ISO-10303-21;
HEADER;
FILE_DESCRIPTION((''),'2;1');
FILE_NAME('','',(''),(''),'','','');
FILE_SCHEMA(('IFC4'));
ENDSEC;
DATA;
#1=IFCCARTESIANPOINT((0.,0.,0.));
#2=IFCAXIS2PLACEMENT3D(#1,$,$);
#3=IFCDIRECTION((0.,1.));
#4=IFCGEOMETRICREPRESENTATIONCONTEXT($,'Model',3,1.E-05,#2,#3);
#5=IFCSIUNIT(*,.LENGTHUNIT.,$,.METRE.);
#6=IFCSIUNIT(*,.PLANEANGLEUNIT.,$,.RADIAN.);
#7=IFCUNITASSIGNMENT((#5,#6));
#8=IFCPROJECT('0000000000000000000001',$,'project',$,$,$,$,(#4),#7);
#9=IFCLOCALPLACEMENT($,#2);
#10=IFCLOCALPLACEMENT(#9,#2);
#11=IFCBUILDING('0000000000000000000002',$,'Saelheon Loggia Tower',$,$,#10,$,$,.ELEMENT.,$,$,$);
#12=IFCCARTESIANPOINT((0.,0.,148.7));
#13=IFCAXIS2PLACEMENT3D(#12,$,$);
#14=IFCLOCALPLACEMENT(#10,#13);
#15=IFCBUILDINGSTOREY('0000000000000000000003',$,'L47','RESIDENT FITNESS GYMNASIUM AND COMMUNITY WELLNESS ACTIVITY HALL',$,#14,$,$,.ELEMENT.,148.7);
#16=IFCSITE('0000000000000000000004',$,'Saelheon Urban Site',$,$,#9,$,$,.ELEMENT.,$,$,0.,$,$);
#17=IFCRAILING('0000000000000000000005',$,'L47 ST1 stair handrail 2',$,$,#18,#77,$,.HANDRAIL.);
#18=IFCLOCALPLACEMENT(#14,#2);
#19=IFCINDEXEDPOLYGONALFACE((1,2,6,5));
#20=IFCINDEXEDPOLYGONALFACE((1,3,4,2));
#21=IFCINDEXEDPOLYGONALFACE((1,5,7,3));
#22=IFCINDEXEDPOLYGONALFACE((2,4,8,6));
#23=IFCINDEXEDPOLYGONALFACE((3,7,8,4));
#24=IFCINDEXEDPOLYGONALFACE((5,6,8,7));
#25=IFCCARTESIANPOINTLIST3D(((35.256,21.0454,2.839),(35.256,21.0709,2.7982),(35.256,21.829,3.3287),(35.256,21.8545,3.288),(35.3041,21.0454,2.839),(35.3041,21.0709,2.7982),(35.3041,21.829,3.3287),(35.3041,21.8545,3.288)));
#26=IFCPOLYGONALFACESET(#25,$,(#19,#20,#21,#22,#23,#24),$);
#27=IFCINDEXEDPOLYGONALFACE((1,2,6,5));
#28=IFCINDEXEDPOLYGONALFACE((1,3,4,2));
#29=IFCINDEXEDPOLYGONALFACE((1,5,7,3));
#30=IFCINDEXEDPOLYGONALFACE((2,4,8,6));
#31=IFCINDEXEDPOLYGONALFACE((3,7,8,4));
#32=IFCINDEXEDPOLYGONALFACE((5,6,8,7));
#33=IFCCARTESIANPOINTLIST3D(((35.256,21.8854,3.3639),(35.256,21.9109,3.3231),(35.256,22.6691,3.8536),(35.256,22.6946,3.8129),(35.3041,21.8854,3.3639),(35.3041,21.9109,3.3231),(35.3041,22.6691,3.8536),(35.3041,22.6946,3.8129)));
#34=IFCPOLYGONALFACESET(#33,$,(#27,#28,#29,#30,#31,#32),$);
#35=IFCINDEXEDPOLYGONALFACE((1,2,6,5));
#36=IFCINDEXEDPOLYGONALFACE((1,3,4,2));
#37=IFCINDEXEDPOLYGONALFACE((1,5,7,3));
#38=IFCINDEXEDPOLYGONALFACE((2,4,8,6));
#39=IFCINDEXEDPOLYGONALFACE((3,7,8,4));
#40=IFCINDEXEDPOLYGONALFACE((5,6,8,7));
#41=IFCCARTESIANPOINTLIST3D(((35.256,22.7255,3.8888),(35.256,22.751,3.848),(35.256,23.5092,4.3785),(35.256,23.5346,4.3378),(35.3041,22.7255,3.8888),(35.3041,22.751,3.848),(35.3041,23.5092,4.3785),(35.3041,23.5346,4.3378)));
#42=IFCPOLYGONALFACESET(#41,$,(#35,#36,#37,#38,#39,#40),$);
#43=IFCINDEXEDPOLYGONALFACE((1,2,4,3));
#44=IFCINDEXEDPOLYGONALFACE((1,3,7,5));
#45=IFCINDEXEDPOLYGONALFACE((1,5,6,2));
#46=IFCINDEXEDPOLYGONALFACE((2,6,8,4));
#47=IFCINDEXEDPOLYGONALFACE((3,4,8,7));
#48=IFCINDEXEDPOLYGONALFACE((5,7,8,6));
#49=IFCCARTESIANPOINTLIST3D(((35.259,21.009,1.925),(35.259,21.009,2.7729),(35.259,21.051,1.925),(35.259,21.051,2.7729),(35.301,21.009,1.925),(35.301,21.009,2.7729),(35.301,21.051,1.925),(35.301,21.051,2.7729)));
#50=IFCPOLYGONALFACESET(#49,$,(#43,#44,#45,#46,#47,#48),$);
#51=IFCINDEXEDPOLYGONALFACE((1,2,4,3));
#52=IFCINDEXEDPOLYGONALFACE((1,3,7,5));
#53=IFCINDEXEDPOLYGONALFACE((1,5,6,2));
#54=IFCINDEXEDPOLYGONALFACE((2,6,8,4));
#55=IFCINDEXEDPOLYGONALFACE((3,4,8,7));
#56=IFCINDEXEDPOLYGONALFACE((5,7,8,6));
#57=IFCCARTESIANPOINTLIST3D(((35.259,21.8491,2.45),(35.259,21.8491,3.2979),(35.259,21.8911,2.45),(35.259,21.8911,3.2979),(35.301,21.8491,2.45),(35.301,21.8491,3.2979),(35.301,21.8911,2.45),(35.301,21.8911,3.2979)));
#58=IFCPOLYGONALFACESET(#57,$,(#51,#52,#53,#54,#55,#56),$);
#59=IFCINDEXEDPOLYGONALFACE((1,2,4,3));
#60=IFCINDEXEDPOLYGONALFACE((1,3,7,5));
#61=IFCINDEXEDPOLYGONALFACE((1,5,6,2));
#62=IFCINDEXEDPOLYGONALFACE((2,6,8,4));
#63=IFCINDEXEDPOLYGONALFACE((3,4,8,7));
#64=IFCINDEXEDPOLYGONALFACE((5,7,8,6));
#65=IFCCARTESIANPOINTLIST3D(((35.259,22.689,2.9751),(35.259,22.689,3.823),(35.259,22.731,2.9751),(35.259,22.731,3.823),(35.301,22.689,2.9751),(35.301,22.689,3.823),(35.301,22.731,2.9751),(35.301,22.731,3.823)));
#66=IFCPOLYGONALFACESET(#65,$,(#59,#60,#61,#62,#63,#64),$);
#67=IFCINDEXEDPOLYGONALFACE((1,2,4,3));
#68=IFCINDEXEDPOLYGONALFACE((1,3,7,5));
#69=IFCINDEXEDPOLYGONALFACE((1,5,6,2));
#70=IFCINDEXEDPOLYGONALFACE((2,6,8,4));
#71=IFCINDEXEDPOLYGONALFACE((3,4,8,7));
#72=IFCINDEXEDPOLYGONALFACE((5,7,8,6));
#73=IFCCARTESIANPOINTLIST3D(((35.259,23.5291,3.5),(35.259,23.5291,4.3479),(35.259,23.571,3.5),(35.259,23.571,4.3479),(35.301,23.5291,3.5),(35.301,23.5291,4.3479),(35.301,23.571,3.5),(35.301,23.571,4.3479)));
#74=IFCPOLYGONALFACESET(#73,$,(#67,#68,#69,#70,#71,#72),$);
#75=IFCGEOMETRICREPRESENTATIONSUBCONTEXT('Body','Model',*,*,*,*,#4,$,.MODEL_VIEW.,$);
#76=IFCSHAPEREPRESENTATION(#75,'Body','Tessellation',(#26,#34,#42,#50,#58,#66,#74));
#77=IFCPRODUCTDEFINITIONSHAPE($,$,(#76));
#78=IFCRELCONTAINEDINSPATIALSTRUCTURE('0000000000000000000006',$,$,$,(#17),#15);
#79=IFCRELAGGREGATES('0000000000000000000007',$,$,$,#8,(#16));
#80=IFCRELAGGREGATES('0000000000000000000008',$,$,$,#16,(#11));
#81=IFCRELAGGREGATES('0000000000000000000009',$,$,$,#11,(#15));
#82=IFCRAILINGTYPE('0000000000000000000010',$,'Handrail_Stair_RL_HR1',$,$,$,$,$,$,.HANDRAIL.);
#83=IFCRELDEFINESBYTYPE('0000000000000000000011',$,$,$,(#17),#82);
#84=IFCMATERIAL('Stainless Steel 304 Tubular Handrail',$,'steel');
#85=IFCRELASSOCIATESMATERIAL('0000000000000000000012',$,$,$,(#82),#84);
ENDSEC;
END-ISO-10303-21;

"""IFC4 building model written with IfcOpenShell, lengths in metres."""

from ifc_helpers import new_model, si_unit, direction, frame, origin, origin_2d, place, context, subcontext, project, spatial, rectangle, extrude, material, type_object, element, save


model = new_model("IFC4")

# Units and contexts
model_context = context("Model", 3, precision=1e-05, world=origin(), true_north=direction((0.0, 1.0)))
body_context = subcontext(model_context, "Body", "Model", "MODEL_VIEW")
ifc_project = project(units=[si_unit("LENGTHUNIT", "METRE"), si_unit("PLANEANGLEUNIT", "RADIAN")], contexts=[model_context])

# Site, building, storey
site_placement = place(None, origin())
site = spatial("IfcSite", under=ifc_project, at=site_placement, Name="Saelheon Urban Site", CompositionType="ELEMENT", RefElevation=0.0)
building_placement = place(site_placement, origin())
building = spatial("IfcBuilding", under=site, at=building_placement, Name="Saelheon Loggia Tower", CompositionType="ELEMENT")
storey_placement = place(building_placement, frame((0.0, 0.0, 148.7)))
storey = spatial("IfcBuildingStorey", under=building, at=storey_placement, Name="L47", Description="RESIDENT FITNESS GYMNASIUM AND COMMUNITY WELLNESS ACTIVITY HALL", CompositionType="ELEMENT", Elevation=148.7)

# Railing
ifc_material_1 = material(Name="Stainless Steel 304 Tubular Handrail", Category="steel")
railing_type_1 = type_object("IfcRailingType", Name="Handrail_Stair_RL_HR1", PredefinedType="HANDRAIL", material=ifc_material_1)
railing_1_placement = place(storey_placement, frame((35.28, 21.03, 1.925)))
element("IfcRailing", 1, at=railing_1_placement, inside=storey, type_object=railing_type_1, Name="L47 ST1 stair handrail 2", PredefinedType="HANDRAIL", context=body_context, shape_type="SweptSolid", body=[
    extrude(rectangle(XDim=0.0481, YDim=0.0481, at=origin_2d()), frame((0.0, 0.0281, 0.8936), z_axis=(0.0, 0.848008, 0.529984), x_axis=(-1.0, 0.0, 0.0)), (0.0, 0.0, 1.0), 0.9241),
    extrude(rectangle(XDim=0.0481, YDim=0.0481, at=origin_2d()), frame((0.0, 0.8682, 1.4185), z_axis=(0.0, 0.848008, 0.529984), x_axis=(-1.0, 0.0, 0.0)), (0.0, 0.0, 1.0), 0.9241),
    extrude(rectangle(XDim=0.0481, YDim=0.0481, at=origin_2d()), frame((0.0, 1.7083, 1.9434), z_axis=(0.0, 0.848008, 0.529984), x_axis=(-1.0, 0.0, 0.0)), (0.0, 0.0, 1.0), 0.9241),
    extrude(rectangle(XDim=0.042, YDim=0.042, at=origin_2d()), origin(), (0.0, 0.0, 1.0), 0.8479),
    extrude(rectangle(XDim=0.042, YDim=0.042, at=origin_2d()), frame((0.0, 0.8401, 0.5249)), (0.0, 0.0, 1.0), 0.8479),
    extrude(rectangle(XDim=0.042, YDim=0.042, at=origin_2d()), frame((0.0, 1.6799, 1.05)), (0.0, 0.0, 1.0), 0.8479),
    extrude(rectangle(XDim=0.042, YDim=0.042, at=origin_2d()), frame((0.0, 2.52, 1.575)), (0.0, 0.0, 1.0), 0.8479),
])

save(model, "model.ifc")
